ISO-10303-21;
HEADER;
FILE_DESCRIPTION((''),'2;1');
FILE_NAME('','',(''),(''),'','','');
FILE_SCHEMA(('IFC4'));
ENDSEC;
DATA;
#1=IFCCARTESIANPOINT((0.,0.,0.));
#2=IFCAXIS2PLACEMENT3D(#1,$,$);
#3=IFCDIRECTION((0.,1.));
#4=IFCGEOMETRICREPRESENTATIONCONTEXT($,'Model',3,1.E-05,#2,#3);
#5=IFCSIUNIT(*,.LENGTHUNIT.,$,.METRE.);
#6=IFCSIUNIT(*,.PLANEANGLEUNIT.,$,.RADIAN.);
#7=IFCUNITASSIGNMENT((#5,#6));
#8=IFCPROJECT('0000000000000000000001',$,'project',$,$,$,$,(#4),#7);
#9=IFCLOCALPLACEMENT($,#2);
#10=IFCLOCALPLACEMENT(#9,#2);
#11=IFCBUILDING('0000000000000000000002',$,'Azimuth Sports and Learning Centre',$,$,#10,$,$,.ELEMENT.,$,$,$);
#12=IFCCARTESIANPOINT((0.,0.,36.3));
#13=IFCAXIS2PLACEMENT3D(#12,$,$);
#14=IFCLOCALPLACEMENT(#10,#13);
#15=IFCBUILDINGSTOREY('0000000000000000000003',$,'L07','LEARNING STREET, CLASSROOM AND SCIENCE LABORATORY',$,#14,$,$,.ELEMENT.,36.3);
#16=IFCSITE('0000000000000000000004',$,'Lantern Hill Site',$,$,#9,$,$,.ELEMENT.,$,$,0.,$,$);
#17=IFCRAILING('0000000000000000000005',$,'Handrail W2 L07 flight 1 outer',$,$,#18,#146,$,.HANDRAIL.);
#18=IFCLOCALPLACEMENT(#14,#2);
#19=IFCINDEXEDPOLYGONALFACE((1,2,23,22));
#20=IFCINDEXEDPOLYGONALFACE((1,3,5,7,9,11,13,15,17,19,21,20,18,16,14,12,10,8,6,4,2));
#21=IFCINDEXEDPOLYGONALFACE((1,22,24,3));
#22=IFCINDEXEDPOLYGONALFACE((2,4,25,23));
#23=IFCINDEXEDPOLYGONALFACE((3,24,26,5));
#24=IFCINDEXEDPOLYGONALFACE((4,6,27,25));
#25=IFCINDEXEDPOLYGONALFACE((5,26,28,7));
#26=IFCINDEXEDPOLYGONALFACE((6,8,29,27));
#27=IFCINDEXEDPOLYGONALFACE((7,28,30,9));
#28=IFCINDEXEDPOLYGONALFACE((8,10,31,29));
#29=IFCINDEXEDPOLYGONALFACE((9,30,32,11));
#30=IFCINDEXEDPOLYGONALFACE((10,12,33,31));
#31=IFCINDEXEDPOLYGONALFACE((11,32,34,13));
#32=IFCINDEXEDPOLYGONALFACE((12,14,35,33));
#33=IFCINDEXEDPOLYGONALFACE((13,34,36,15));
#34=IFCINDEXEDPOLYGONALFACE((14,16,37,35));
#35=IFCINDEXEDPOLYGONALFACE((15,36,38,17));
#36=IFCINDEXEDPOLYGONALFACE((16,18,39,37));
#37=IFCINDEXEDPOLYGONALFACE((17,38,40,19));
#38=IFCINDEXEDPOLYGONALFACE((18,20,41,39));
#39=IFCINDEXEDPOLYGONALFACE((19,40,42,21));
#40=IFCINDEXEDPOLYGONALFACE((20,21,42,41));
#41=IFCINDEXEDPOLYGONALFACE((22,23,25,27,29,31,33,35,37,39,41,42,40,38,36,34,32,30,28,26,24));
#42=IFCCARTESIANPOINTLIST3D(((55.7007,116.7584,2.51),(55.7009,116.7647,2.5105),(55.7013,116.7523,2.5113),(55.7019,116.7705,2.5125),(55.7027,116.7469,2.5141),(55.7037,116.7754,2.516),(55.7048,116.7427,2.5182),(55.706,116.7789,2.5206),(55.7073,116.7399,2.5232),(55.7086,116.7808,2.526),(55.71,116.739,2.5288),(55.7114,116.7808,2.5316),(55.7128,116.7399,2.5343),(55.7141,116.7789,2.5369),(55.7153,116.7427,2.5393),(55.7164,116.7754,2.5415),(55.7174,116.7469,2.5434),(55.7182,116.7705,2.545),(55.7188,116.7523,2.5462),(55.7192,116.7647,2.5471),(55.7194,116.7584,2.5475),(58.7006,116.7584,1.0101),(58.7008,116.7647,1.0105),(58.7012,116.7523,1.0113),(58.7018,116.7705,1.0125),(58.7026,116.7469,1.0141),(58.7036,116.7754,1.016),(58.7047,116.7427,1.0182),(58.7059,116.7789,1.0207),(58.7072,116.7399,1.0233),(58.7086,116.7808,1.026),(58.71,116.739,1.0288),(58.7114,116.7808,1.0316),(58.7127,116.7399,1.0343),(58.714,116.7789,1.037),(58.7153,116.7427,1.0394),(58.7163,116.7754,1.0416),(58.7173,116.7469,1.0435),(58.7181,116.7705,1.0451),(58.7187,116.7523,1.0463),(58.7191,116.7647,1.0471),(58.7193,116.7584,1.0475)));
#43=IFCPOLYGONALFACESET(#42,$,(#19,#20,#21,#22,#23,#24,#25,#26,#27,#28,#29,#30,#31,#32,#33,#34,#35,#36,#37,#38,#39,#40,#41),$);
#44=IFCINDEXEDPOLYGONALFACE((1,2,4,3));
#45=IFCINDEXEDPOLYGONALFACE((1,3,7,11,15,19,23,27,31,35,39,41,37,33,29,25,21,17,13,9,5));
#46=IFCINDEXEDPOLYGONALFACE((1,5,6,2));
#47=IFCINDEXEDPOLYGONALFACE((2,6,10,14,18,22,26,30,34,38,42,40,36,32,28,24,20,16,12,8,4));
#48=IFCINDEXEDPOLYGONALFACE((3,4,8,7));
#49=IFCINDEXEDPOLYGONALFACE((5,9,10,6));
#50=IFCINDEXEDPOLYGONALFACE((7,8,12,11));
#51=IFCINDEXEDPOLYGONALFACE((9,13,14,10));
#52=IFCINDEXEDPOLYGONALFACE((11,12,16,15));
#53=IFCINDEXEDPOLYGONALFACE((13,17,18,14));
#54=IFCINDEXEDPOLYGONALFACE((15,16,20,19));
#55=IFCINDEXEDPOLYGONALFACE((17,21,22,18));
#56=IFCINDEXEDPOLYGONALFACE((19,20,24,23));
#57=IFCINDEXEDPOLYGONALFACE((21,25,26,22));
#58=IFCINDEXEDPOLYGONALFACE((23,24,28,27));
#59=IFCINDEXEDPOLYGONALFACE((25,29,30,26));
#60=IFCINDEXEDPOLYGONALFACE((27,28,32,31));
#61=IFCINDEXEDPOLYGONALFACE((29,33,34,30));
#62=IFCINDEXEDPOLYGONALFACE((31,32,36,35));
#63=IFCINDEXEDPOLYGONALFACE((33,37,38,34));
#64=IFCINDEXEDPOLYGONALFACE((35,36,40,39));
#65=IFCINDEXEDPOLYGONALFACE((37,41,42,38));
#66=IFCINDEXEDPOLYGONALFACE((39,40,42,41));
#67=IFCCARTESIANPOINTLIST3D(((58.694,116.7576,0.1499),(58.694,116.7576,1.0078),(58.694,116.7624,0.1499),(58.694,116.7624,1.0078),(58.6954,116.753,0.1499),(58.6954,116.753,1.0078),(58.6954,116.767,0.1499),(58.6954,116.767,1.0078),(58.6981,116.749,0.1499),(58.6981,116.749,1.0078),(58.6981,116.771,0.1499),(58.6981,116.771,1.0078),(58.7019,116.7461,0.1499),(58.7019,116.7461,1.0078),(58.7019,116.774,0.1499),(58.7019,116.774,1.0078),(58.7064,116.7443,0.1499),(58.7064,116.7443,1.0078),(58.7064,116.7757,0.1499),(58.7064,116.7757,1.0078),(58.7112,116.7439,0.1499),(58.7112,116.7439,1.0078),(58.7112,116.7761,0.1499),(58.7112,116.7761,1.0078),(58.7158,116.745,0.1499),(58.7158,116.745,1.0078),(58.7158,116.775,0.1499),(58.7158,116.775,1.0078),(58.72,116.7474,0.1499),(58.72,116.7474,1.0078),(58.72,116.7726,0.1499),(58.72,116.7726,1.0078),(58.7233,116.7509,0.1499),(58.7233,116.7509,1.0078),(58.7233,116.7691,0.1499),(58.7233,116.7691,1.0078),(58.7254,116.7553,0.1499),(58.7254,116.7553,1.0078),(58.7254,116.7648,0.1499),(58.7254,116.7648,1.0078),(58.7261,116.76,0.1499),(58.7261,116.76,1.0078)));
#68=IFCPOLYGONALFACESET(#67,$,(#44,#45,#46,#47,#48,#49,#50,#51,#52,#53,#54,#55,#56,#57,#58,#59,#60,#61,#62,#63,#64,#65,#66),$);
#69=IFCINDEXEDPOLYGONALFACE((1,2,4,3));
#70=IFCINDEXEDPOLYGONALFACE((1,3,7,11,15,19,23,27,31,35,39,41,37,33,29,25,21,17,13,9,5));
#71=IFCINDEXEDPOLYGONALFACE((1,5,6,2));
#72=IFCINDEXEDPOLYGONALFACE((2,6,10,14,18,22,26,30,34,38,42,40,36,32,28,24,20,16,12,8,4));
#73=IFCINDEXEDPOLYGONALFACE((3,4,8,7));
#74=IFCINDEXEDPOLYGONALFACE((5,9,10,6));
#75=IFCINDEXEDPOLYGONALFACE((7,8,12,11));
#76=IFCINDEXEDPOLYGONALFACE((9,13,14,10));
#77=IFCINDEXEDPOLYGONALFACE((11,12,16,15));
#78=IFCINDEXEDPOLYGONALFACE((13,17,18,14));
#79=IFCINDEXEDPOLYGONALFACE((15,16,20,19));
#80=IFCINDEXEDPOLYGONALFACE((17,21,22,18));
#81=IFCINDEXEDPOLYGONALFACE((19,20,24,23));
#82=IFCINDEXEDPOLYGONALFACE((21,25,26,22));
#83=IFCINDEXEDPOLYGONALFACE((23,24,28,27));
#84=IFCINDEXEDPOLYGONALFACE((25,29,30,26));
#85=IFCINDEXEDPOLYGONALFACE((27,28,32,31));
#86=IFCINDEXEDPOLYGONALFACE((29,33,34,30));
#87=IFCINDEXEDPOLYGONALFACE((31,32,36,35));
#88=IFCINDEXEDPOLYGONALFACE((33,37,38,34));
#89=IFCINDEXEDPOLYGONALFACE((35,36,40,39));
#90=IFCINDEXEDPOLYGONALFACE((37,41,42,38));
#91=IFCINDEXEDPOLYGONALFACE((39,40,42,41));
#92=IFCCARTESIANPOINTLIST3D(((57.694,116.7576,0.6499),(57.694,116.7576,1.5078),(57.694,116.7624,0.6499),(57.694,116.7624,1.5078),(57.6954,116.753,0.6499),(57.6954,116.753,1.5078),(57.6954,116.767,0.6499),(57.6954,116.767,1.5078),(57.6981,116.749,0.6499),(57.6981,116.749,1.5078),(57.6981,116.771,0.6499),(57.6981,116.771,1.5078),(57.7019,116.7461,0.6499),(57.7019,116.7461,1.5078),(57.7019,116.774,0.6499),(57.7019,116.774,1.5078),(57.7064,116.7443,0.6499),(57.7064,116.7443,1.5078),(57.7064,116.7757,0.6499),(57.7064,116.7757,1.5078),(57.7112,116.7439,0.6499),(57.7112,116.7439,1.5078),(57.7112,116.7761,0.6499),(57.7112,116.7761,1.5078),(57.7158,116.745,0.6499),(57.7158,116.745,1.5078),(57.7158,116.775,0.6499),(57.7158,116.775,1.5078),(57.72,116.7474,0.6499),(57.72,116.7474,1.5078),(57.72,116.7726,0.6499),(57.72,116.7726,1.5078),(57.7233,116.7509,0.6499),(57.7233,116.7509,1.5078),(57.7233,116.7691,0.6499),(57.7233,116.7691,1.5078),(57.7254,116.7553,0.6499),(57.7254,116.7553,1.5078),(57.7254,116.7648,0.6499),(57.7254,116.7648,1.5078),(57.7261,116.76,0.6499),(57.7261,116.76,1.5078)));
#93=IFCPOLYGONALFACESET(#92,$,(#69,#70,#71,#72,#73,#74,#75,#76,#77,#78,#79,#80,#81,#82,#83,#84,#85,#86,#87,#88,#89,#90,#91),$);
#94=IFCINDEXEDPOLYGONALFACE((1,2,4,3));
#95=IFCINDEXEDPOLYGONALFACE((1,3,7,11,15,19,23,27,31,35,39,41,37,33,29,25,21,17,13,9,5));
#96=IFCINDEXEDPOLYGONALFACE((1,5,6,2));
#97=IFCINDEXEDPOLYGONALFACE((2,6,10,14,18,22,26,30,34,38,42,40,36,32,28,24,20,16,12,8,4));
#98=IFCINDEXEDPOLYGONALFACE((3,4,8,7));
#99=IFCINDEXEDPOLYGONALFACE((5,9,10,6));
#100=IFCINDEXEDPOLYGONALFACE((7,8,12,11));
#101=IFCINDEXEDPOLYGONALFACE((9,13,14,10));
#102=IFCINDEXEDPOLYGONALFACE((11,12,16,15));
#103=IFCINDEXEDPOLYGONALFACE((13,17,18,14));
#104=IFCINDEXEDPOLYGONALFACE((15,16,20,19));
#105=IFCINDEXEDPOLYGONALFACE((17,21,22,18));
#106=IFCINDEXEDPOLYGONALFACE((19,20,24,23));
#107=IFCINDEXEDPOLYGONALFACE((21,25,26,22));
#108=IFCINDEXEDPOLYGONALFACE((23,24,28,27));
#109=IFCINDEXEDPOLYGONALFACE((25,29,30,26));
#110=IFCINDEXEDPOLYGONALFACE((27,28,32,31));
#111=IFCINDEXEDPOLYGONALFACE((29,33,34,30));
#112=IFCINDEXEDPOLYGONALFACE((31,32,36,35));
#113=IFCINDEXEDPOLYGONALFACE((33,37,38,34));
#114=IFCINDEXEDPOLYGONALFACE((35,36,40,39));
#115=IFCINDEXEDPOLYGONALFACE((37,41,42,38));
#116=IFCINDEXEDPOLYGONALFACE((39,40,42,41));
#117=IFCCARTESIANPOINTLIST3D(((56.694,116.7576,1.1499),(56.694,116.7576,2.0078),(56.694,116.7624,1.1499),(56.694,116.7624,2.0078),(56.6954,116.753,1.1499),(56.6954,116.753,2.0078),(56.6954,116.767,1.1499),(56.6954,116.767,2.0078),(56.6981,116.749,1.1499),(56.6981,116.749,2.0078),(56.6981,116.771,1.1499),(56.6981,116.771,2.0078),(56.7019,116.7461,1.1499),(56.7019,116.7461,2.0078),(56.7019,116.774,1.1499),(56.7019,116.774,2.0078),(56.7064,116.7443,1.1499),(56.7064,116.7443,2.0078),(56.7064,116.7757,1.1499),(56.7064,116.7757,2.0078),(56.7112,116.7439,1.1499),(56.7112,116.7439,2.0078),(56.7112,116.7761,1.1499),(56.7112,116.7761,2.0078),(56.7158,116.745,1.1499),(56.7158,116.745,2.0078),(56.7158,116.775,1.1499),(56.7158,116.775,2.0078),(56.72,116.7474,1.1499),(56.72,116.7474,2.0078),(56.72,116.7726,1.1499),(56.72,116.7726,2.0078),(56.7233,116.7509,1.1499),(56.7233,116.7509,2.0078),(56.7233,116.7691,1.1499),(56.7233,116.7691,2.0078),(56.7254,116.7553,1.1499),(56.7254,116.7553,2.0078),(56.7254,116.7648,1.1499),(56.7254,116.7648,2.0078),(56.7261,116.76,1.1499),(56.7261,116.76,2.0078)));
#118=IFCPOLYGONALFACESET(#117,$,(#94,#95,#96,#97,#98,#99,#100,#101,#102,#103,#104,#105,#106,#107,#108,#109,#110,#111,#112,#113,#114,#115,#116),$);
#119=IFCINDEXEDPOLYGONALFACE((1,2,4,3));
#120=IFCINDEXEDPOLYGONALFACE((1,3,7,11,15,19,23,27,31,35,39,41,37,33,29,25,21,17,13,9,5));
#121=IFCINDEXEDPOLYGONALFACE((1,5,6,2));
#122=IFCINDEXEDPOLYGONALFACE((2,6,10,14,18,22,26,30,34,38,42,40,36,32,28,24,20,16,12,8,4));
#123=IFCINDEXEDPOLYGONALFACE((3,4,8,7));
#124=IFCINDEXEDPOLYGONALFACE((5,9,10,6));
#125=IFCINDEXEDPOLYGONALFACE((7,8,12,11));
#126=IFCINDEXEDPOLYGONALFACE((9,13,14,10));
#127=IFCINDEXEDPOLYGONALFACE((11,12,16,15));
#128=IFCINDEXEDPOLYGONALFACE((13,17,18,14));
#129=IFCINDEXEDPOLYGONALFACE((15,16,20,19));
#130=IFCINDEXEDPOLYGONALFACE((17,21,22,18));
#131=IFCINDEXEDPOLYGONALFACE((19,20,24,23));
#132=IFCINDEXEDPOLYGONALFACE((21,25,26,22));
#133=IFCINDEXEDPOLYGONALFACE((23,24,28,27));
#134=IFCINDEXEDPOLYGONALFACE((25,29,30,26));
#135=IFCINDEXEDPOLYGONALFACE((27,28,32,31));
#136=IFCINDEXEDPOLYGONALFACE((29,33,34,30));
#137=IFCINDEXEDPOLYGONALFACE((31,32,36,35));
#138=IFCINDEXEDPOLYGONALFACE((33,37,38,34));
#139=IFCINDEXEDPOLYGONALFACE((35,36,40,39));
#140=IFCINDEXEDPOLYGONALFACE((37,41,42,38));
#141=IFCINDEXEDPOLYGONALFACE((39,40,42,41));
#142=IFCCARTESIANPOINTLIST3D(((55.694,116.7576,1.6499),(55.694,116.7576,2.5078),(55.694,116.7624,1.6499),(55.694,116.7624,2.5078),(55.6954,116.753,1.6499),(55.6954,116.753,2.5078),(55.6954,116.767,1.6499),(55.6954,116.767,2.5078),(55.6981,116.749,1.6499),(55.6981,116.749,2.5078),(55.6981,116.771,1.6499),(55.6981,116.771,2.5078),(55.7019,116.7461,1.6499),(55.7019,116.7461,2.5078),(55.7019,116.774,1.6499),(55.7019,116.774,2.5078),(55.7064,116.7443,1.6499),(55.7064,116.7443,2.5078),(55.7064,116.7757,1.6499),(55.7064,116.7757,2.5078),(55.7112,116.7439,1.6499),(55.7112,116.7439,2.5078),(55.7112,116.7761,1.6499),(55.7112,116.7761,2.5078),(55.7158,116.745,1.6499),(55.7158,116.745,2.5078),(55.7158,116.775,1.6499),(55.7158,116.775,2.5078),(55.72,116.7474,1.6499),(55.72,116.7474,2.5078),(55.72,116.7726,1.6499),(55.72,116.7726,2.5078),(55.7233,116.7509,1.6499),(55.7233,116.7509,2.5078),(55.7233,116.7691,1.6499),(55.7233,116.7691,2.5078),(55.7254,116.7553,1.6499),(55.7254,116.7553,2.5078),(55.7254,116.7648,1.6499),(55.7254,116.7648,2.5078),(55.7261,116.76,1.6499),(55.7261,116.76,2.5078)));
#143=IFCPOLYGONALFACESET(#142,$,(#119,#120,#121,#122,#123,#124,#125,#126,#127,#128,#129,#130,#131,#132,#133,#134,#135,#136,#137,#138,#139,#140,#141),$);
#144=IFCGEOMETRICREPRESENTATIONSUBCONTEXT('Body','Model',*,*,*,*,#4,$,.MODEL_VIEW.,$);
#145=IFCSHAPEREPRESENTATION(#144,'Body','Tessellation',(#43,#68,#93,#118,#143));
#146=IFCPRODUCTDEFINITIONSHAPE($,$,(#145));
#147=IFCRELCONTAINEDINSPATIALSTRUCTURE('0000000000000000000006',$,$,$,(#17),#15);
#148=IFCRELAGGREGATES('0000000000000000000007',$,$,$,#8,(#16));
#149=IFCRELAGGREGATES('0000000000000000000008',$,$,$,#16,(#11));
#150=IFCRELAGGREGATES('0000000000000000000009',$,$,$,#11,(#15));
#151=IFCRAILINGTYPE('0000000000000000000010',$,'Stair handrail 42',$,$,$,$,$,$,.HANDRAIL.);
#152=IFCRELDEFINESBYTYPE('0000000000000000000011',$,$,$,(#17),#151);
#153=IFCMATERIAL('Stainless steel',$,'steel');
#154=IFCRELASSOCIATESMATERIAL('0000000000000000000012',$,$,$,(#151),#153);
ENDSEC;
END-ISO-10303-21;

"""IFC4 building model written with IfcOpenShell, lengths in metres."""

from ifc_helpers import new_model, si_unit, direction, frame, origin, origin_2d, place, context, subcontext, project, spatial, circle, extrude, material, type_object, element, save


model = new_model("IFC4")

# Units and contexts
model_context = context("Model", 3, precision=1e-05, world=origin(), true_north=direction((0.0, 1.0)))
body_context = subcontext(model_context, "Body", "Model", "MODEL_VIEW")
ifc_project = project(units=[si_unit("LENGTHUNIT", "METRE"), si_unit("PLANEANGLEUNIT", "RADIAN")], contexts=[model_context])

# Site, building, storey
site_placement = place(None, origin())
site = spatial("IfcSite", under=ifc_project, at=site_placement, Name="Lantern Hill Site", CompositionType="ELEMENT", RefElevation=0.0)
building_placement = place(site_placement, origin())
building = spatial("IfcBuilding", under=site, at=building_placement, Name="Azimuth Sports and Learning Centre", CompositionType="ELEMENT")
storey_placement = place(building_placement, frame((0.0, 0.0, 36.3)))
storey = spatial("IfcBuildingStorey", under=building, at=storey_placement, Name="L07", Description="LEARNING STREET, CLASSROOM AND SCIENCE LABORATORY", CompositionType="ELEMENT", Elevation=36.3)

# Railing
ifc_material_1 = material(Name="Stainless steel", Category="steel")
railing_type_1 = type_object("IfcRailingType", Name="Stair handrail 42", PredefinedType="HANDRAIL", material=ifc_material_1)
for number, where, name in (
    (1, (58.71, 116.76, 0.1499), "Handrail W2 L07 flight 1 outer"),
):
    element("IfcRailing", number, at=place(storey_placement, frame(where)), inside=storey, type_object=railing_type_1, Name=name, PredefinedType="HANDRAIL", context=body_context, shape_type="SweptSolid", body=[
        extrude(circle(Radius=0.021, at=origin_2d()), frame((0.0, 0.0, 0.8789), z_axis=(-0.894427, 0.0, 0.447214), x_axis=(0.0, -1.0, 0.0)), (0.0, 0.0, 1.0), 3.354),
        extrude(circle(Radius=0.0161, at=origin_2d()), origin(), (0.0, 0.0, 1.0), 0.8579),
        extrude(circle(Radius=0.0161, at=origin_2d()), frame((-1.0, 0.0, 0.5)), (0.0, 0.0, 1.0), 0.8579),
        extrude(circle(Radius=0.0161, at=origin_2d()), frame((-2.0, 0.0, 1.0)), (0.0, 0.0, 1.0), 0.8579),
        extrude(circle(Radius=0.0161, at=origin_2d()), frame((-3.0, 0.0, 1.5)), (0.0, 0.0, 1.0), 0.8579),
    ])

save(model, "model.ifc")
